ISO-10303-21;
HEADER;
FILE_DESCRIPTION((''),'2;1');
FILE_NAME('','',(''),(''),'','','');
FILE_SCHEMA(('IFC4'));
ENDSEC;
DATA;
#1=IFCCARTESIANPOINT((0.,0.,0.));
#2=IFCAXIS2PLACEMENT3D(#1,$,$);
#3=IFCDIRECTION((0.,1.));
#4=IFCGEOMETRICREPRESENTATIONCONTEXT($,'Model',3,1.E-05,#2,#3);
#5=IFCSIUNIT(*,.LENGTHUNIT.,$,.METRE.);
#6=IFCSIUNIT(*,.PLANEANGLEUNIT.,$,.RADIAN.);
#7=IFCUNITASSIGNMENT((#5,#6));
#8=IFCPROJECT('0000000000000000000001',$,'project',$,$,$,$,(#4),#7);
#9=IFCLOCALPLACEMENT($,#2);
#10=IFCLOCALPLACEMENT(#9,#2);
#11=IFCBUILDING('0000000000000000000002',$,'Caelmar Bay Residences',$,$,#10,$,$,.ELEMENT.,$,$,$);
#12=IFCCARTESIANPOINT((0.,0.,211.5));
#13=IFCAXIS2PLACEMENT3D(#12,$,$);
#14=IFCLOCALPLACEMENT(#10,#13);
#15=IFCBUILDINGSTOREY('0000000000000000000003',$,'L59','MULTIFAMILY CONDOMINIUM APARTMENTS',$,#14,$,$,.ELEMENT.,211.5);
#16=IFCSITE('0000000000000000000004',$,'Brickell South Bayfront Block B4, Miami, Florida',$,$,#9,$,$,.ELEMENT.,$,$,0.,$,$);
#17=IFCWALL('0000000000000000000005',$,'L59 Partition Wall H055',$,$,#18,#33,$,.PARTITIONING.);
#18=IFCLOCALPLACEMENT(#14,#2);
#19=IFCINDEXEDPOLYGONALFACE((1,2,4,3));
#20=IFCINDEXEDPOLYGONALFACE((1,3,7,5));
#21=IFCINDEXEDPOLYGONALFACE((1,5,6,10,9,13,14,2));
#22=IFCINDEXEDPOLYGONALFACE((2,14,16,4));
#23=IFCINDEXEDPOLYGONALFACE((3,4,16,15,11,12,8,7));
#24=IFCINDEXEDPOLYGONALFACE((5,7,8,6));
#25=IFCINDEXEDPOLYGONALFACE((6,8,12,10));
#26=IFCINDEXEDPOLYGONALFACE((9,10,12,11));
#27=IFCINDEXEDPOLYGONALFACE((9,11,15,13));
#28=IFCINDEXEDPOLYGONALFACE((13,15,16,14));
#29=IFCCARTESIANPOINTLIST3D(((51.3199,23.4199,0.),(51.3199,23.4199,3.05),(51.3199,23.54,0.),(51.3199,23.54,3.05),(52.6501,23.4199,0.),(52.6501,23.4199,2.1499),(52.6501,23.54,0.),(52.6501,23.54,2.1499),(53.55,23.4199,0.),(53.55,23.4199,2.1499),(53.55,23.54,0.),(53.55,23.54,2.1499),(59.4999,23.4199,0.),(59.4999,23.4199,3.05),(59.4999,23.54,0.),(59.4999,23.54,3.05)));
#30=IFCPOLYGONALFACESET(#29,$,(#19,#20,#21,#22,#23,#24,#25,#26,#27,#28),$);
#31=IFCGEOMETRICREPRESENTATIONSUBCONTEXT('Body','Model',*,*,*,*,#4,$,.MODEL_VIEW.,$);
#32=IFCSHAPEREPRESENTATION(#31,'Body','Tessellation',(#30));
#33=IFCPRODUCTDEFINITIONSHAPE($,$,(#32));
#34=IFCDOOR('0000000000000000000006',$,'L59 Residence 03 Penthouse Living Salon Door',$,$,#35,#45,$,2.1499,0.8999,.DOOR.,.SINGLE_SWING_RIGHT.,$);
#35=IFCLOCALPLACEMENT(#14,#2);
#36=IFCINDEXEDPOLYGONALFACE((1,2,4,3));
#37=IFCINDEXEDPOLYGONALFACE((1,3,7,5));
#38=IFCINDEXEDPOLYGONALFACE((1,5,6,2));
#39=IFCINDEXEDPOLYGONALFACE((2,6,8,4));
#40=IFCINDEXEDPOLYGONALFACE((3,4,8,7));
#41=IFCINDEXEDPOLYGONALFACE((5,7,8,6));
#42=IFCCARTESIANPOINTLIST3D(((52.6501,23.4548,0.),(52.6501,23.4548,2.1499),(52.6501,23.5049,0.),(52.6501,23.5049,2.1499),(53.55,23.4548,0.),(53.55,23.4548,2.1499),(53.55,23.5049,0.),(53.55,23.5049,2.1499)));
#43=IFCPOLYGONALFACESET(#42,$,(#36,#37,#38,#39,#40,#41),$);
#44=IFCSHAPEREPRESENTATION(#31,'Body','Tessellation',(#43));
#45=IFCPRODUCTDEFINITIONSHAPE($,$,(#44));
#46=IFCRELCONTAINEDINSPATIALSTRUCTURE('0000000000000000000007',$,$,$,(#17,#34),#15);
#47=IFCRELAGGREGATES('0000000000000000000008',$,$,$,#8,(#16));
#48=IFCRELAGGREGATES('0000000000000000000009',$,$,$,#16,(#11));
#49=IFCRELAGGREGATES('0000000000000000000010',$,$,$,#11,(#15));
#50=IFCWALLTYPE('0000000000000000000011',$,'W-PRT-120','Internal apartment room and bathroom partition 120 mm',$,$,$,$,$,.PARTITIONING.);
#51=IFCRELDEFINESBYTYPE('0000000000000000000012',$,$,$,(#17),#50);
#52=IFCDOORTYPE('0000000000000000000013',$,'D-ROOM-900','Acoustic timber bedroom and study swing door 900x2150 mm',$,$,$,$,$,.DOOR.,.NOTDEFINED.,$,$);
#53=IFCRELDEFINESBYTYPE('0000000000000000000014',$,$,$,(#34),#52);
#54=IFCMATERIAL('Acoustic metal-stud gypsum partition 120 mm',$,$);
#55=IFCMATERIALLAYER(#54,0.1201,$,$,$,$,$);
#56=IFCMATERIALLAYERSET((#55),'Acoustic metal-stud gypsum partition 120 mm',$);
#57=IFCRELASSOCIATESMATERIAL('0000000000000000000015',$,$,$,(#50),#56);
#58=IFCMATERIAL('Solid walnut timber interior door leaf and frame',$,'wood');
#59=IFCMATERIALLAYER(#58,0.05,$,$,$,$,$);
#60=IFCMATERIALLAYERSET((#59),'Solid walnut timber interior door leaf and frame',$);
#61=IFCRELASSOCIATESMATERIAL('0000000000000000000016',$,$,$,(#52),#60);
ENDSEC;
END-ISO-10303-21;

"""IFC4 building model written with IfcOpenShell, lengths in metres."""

from ifc_helpers import new_model, si_unit, direction, frame, frame_2d, origin, place, context, subcontext, project, spatial, rectangle, extrude, material, layer, layer_set, type_object, element, fill, save


model = new_model("IFC4")

# Units and contexts
model_context = context("Model", 3, precision=1e-05, world=origin(), true_north=direction((0.0, 1.0)))
body_context = subcontext(model_context, "Body", "Model", "MODEL_VIEW")
ifc_project = project(units=[si_unit("LENGTHUNIT", "METRE"), si_unit("PLANEANGLEUNIT", "RADIAN")], contexts=[model_context])

# Site, building, storey
site_placement = place(None, origin())
site = spatial("IfcSite", under=ifc_project, at=site_placement, Name="Brickell South Bayfront Block B4, Miami, Florida", CompositionType="ELEMENT", RefElevation=0.0)
building_placement = place(site_placement, origin())
building = spatial("IfcBuilding", under=site, at=building_placement, Name="Caelmar Bay Residences", CompositionType="ELEMENT")
storey_placement = place(building_placement, frame((0.0, 0.0, 211.5)))
storey = spatial("IfcBuildingStorey", under=building, at=storey_placement, Name="L59", Description="MULTIFAMILY CONDOMINIUM APARTMENTS", CompositionType="ELEMENT", Elevation=211.5)

# Shared definitions
ifc_material_1 = material(Name="Acoustic metal-stud gypsum partition 120 mm")
ifc_layer_1 = layer(ifc_material_1, 0.1201)
ifc_layer_set_1 = layer_set([ifc_layer_1], Name="Acoustic metal-stud gypsum partition 120 mm")
wall_type_1 = type_object("IfcWallType", Name="W-PRT-120", Description="Internal apartment room and bathroom partition 120 mm", PredefinedType="PARTITIONING", material=ifc_layer_set_1)

# Wall, opening, door
ifc_material_2 = material(Name="Solid walnut timber interior door leaf and frame", Category="wood")
ifc_layer_2 = layer(ifc_material_2, 0.05)
ifc_layer_set_2 = layer_set([ifc_layer_2], Name="Solid walnut timber interior door leaf and frame")
door_type = type_object("IfcDoorType", Name="D-ROOM-900", Description="Acoustic timber bedroom and study swing door 900x2150 mm", OperationType="NOTDEFINED", PredefinedType="DOOR", material=ifc_layer_set_2)
wall_1_placement = place(storey_placement, frame((51.3201, 23.48, 0.0), z_axis=(0.0, 0.0, 1.0), x_axis=(1.0, 0.0, 0.0)))
wall_1 = element("IfcWall", 1, at=wall_1_placement, inside=storey, type_object=wall_type_1, Name="L59 Partition Wall H055", PredefinedType="PARTITIONING", context=body_context, shape_type="SweptSolid", body=[
    extrude(rectangle(XDim=8.1799, YDim=0.1201, at=frame_2d((4.0898, 0.0))), origin(), (0.0, 0.0, 1.0), 3.05),
])
opening_1_placement = place(wall_1_placement, frame((1.3301, 0.0, 0.0)))
opening_1 = element("IfcOpeningElement", 2, at=opening_1_placement, cuts=wall_1, PredefinedType="OPENING", context=body_context, shape_type="SweptSolid", body=[
    extrude(rectangle(XDim=0.8999, YDim=2.1499, at=frame_2d((0.45, 1.075))), frame((0.0, 0.0701, 0.0), z_axis=(0.0, -1.0, 0.0), x_axis=(1.0, 0.0, 0.0)), (0.0, 0.0, 1.0), 0.1401),
])
door_1_placement = place(opening_1_placement, origin())
door_1 = element("IfcDoor", 3, at=door_1_placement, inside=storey, type_object=door_type, Name="L59 Residence 03 Penthouse Living Salon Door", OperationType="SINGLE_SWING_RIGHT", OverallHeight=2.1499, OverallWidth=0.8999, PredefinedType="DOOR", context=body_context, shape_type="SweptSolid", body=[
    extrude(rectangle(XDim=0.8999, YDim=2.1499, at=frame_2d((0.45, 1.075))), frame((0.0, 0.0249, 0.0), z_axis=(0.0, -1.0, 0.0), x_axis=(1.0, 0.0, 0.0)), (0.0, 0.0, 1.0), 0.05),
])
fill(opening_1, door_1)

save(model, "model.ifc")
